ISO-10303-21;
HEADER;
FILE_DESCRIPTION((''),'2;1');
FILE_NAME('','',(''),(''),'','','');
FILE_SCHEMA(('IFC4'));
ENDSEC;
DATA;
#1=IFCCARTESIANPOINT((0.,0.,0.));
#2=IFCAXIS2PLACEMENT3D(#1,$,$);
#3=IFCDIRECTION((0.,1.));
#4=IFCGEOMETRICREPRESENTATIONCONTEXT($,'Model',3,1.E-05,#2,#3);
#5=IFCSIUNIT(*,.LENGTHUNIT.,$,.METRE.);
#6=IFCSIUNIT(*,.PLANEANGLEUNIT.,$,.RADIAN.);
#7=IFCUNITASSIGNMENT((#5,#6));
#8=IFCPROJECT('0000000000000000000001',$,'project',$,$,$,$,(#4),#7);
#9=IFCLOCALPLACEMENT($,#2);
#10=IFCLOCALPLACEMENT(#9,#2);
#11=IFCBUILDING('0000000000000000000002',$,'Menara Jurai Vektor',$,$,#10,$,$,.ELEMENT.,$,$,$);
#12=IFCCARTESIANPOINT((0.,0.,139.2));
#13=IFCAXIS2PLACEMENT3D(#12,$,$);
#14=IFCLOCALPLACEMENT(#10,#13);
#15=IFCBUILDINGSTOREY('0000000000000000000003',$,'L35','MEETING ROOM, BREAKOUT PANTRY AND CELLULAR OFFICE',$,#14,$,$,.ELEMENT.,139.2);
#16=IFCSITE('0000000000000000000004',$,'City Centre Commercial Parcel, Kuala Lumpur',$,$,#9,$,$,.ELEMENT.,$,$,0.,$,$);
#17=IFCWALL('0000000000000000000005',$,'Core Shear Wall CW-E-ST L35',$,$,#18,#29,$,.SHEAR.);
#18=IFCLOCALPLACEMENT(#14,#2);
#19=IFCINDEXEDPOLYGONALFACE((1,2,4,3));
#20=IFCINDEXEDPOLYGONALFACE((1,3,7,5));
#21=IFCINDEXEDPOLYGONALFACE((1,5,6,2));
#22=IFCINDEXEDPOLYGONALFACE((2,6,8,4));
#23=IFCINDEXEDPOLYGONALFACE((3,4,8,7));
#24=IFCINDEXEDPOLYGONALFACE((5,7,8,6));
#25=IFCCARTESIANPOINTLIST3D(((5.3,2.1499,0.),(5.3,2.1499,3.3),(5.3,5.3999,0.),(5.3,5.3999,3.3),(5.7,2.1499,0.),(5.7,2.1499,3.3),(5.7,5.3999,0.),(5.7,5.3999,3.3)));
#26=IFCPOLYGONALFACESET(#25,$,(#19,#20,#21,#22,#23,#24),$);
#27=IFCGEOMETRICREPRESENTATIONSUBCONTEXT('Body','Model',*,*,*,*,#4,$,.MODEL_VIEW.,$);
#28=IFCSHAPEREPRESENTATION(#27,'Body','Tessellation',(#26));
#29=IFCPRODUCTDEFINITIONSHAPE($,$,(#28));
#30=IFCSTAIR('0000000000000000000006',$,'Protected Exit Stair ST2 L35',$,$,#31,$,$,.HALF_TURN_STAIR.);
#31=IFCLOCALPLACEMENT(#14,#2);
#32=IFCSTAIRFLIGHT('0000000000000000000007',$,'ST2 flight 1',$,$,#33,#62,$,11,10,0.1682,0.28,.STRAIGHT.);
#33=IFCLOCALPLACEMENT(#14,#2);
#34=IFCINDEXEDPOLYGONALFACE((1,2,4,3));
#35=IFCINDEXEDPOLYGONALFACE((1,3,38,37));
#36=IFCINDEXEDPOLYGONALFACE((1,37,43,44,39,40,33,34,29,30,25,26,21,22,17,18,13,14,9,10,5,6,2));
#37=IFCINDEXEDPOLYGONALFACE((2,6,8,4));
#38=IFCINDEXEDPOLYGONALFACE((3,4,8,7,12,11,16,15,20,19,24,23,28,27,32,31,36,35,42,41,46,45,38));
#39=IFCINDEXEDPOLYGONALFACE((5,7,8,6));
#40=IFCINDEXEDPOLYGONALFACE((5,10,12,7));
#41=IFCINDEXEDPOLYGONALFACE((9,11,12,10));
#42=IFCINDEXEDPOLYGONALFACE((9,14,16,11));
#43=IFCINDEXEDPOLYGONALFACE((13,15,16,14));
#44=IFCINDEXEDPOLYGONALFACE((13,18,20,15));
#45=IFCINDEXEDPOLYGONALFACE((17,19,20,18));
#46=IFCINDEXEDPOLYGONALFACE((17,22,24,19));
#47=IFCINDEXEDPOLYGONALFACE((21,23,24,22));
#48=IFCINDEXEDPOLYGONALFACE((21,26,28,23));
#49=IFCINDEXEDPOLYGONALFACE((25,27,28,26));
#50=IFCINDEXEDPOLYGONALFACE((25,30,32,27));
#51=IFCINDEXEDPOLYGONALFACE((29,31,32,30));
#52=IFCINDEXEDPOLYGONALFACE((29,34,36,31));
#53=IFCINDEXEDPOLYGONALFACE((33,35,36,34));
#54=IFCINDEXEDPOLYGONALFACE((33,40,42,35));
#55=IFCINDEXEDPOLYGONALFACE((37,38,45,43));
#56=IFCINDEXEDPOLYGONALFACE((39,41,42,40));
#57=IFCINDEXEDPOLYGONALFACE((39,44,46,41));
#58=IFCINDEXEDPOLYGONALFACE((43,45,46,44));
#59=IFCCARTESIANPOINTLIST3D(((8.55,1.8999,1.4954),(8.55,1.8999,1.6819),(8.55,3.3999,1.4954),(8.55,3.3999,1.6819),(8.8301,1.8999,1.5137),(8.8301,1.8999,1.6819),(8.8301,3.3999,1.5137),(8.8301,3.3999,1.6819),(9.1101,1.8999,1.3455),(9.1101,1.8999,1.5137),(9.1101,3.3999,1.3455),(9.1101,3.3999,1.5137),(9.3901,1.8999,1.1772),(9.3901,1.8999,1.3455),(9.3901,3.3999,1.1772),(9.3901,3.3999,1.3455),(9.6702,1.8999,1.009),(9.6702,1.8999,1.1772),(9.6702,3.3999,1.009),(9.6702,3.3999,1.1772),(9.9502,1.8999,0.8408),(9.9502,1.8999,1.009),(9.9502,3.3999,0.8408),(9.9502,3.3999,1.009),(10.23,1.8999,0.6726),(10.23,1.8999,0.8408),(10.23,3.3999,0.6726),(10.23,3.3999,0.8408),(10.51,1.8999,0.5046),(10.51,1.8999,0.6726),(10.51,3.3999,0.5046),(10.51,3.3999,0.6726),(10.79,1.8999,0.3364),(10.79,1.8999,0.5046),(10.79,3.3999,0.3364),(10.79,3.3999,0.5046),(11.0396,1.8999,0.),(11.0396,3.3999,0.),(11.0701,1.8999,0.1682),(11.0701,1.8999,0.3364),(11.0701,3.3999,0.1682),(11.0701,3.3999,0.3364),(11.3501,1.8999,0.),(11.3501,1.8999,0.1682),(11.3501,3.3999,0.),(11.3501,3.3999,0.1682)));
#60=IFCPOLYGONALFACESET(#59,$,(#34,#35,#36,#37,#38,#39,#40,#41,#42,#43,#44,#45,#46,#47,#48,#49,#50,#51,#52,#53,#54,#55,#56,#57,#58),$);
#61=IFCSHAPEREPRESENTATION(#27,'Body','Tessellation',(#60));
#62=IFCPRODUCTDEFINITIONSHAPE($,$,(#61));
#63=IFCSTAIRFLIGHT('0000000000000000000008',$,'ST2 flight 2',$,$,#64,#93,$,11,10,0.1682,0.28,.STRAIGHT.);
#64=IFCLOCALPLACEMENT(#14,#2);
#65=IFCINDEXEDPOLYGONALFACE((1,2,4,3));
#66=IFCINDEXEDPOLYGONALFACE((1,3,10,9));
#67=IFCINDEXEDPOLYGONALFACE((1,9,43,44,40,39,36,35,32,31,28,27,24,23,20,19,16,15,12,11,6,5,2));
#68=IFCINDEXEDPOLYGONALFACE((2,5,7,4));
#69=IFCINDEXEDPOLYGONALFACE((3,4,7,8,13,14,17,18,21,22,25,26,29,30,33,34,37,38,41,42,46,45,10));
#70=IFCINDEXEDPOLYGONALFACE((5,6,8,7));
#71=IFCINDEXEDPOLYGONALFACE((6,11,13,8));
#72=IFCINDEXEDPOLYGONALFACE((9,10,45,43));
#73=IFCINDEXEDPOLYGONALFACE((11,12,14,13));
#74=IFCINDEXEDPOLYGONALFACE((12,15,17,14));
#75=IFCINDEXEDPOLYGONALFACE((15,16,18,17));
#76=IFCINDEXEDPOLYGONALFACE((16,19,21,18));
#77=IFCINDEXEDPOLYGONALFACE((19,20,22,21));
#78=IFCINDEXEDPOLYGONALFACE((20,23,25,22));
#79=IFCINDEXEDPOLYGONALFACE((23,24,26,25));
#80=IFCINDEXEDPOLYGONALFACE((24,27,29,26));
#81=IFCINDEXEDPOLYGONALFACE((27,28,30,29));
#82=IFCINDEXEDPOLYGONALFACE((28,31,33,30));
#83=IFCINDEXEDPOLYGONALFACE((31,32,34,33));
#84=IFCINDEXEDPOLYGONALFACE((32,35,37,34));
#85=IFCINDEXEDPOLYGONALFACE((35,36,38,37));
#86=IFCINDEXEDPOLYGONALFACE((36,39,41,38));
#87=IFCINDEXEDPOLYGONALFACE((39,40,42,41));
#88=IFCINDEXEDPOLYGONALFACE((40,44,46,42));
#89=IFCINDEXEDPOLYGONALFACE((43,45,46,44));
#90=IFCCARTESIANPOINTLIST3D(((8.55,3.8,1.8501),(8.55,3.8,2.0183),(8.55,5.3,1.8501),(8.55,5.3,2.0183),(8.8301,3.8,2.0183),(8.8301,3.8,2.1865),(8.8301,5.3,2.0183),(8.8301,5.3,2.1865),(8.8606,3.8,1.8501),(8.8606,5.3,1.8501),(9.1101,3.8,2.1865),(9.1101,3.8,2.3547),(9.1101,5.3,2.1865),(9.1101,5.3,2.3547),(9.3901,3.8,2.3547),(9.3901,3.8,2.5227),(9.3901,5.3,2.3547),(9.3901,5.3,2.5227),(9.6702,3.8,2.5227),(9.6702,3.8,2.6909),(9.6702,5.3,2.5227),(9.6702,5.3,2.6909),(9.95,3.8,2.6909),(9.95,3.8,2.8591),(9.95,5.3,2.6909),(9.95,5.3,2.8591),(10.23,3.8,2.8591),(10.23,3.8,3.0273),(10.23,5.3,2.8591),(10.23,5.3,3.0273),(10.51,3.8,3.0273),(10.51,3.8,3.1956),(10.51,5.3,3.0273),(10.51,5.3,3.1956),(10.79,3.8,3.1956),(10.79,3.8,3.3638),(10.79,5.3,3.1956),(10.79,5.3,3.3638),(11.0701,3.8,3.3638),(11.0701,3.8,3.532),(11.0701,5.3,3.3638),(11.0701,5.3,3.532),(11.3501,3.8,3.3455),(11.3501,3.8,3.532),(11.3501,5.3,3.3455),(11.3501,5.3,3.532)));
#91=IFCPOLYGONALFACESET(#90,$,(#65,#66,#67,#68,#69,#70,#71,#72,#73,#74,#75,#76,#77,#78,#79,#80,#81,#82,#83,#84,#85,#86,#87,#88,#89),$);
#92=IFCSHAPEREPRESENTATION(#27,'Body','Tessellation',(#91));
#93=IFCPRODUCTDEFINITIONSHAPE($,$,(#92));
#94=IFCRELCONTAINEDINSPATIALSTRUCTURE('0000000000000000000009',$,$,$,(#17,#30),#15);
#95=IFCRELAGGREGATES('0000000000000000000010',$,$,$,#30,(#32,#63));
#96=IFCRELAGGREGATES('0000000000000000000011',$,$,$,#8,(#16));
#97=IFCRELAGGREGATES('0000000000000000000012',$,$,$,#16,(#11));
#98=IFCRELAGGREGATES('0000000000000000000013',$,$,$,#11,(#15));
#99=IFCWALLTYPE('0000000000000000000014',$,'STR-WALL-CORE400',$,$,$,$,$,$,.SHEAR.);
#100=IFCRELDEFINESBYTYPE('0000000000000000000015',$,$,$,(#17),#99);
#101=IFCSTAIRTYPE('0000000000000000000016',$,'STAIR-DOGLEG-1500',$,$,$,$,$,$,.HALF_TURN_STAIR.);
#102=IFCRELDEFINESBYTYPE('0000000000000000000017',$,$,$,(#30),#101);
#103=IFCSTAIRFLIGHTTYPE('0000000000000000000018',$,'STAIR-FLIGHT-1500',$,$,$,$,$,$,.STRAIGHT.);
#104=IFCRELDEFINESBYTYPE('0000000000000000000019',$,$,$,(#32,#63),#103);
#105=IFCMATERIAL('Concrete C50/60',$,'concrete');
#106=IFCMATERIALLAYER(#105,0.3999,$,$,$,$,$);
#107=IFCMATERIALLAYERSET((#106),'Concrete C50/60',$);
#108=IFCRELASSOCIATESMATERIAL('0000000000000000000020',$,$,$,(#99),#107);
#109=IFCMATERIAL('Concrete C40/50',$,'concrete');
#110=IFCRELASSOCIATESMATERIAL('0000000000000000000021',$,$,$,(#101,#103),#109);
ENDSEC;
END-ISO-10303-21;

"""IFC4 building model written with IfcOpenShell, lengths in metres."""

from ifc_helpers import new_model, si_unit, direction, frame, frame_2d, origin, place, context, subcontext, project, spatial, polyline, rectangle, outline, extrude, material, layer, layer_set, type_object, element, aggregate, save


model = new_model("IFC4")

# Units and contexts
model_context = context("Model", 3, precision=1e-05, world=origin(), true_north=direction((0.0, 1.0)))
body_context = subcontext(model_context, "Body", "Model", "MODEL_VIEW")
ifc_project = project(units=[si_unit("LENGTHUNIT", "METRE"), si_unit("PLANEANGLEUNIT", "RADIAN")], contexts=[model_context])

# Site, building, storey
site_placement = place(None, origin())
site = spatial("IfcSite", under=ifc_project, at=site_placement, Name="City Centre Commercial Parcel, Kuala Lumpur", CompositionType="ELEMENT", RefElevation=0.0)
building_placement = place(site_placement, origin())
building = spatial("IfcBuilding", under=site, at=building_placement, Name="Menara Jurai Vektor", CompositionType="ELEMENT")
storey_placement = place(building_placement, frame((0.0, 0.0, 139.2)))
storey = spatial("IfcBuildingStorey", under=building, at=storey_placement, Name="L35", Description="MEETING ROOM, BREAKOUT PANTRY AND CELLULAR OFFICE", CompositionType="ELEMENT", Elevation=139.2)

# Shared definitions
ifc_material_1 = material(Name="Concrete C50/60", Category="concrete")

# Shared definitions
ifc_material_2 = material(Name="Concrete C40/50", Category="concrete")

# Wall
ifc_layer_1 = layer(ifc_material_1, 0.3999)
ifc_layer_set_1 = layer_set([ifc_layer_1], Name="Concrete C50/60")
wall_type_1 = type_object("IfcWallType", Name="STR-WALL-CORE400", PredefinedType="SHEAR", material=ifc_layer_set_1)
wall_1_placement = place(storey_placement, frame((5.5, 2.1499, 0.0), z_axis=(0.0, 0.0, 1.0), x_axis=(0.0, 1.0, 0.0)))
element("IfcWall", 1, at=wall_1_placement, inside=storey, type_object=wall_type_1, Name="Core Shear Wall CW-E-ST L35", PredefinedType="SHEAR", context=body_context, shape_type="SweptSolid", body=[
    extrude(rectangle(XDim=3.25, YDim=0.3999, at=frame_2d((1.625, 0.0))), origin(), (0.0, 0.0, 1.0), 3.3),
])

# Stair, stair flights
stair_type = type_object("IfcStairType", Name="STAIR-DOGLEG-1500", PredefinedType="HALF_TURN_STAIR", material=ifc_material_2)
stair_placement = place(storey_placement, origin())
stair = element("IfcStair", 2, at=stair_placement, inside=storey, type_object=stair_type, Name="Protected Exit Stair ST2 L35", PredefinedType="HALF_TURN_STAIR")
stair_flight_type = type_object("IfcStairFlightType", Name="STAIR-FLIGHT-1500", PredefinedType="STRAIGHT", material=ifc_material_2)
stair_flight_1_placement = place(storey_placement, frame((11.3501, 2.6499, 0.0), z_axis=(0.0, 0.0, 1.0), x_axis=(-1.0, 0.0, 0.0)))
stair_flight_1 = element("IfcStairFlight", 3, at=stair_flight_1_placement, type_object=stair_flight_type, Name="ST2 flight 1", NumberOfRisers=11, NumberOfTreads=10, PredefinedType="STRAIGHT", RiserHeight=0.1682, TreadLength=0.28, context=body_context, shape_type="SweptSolid", body=[
    extrude(outline(polyline([(0.0, 0.0), (0.0, 0.1682), (0.28, 0.1682), (0.28, 0.3364), (0.5601, 0.3364), (0.5601, 0.5046), (0.8401, 0.5046), (0.8401, 0.6726), (1.1201, 0.6726), (1.1201, 0.8408), (1.3999, 0.8408), (1.3999, 1.009), (1.6799, 1.009), (1.6799, 1.1772), (1.96, 1.1772), (1.96, 1.3455), (2.24, 1.3455), (2.24, 1.5137), (2.52, 1.5137), (2.52, 1.6819), (2.8, 1.6819), (2.8, 1.8501), (2.8, 1.4954), (0.3105, 0.0), (0.0, 0.0)])), frame((0.0, 0.75, 0.0), z_axis=(0.0, -1.0, 0.0), x_axis=(1.0, 0.0, 0.0)), (0.0, 0.0, 1.0), 1.5),
])
stair_flight_2_placement = place(storey_placement, frame((8.55, 4.55, 1.8501), z_axis=(0.0, 0.0, 1.0), x_axis=(1.0, 0.0, 0.0)))
stair_flight_2 = element("IfcStairFlight", 4, at=stair_flight_2_placement, type_object=stair_flight_type, Name="ST2 flight 2", NumberOfRisers=11, NumberOfTreads=10, PredefinedType="STRAIGHT", RiserHeight=0.1682, TreadLength=0.28, context=body_context, shape_type="SweptSolid", body=[
    extrude(outline(polyline([(0.0, 0.0), (0.0, 0.1682), (0.28, 0.1682), (0.28, 0.3364), (0.5601, 0.3364), (0.5601, 0.5046), (0.8401, 0.5046), (0.8401, 0.6726), (1.1201, 0.6726), (1.1201, 0.8408), (1.3999, 0.8408), (1.3999, 1.009), (1.6799, 1.009), (1.6799, 1.1772), (1.96, 1.1772), (1.96, 1.3455), (2.24, 1.3455), (2.24, 1.5137), (2.52, 1.5137), (2.52, 1.6819), (2.8, 1.6819), (2.8, 1.8501), (2.8, 1.4954), (0.3105, 0.0), (0.0, 0.0)])), frame((0.0, 0.75, 0.0), z_axis=(0.0, -1.0, 0.0), x_axis=(1.0, 0.0, 0.0)), (0.0, 0.0, 1.0), 1.5),
])
aggregate(stair, [stair_flight_1, stair_flight_2])

save(model, "model.ifc")
